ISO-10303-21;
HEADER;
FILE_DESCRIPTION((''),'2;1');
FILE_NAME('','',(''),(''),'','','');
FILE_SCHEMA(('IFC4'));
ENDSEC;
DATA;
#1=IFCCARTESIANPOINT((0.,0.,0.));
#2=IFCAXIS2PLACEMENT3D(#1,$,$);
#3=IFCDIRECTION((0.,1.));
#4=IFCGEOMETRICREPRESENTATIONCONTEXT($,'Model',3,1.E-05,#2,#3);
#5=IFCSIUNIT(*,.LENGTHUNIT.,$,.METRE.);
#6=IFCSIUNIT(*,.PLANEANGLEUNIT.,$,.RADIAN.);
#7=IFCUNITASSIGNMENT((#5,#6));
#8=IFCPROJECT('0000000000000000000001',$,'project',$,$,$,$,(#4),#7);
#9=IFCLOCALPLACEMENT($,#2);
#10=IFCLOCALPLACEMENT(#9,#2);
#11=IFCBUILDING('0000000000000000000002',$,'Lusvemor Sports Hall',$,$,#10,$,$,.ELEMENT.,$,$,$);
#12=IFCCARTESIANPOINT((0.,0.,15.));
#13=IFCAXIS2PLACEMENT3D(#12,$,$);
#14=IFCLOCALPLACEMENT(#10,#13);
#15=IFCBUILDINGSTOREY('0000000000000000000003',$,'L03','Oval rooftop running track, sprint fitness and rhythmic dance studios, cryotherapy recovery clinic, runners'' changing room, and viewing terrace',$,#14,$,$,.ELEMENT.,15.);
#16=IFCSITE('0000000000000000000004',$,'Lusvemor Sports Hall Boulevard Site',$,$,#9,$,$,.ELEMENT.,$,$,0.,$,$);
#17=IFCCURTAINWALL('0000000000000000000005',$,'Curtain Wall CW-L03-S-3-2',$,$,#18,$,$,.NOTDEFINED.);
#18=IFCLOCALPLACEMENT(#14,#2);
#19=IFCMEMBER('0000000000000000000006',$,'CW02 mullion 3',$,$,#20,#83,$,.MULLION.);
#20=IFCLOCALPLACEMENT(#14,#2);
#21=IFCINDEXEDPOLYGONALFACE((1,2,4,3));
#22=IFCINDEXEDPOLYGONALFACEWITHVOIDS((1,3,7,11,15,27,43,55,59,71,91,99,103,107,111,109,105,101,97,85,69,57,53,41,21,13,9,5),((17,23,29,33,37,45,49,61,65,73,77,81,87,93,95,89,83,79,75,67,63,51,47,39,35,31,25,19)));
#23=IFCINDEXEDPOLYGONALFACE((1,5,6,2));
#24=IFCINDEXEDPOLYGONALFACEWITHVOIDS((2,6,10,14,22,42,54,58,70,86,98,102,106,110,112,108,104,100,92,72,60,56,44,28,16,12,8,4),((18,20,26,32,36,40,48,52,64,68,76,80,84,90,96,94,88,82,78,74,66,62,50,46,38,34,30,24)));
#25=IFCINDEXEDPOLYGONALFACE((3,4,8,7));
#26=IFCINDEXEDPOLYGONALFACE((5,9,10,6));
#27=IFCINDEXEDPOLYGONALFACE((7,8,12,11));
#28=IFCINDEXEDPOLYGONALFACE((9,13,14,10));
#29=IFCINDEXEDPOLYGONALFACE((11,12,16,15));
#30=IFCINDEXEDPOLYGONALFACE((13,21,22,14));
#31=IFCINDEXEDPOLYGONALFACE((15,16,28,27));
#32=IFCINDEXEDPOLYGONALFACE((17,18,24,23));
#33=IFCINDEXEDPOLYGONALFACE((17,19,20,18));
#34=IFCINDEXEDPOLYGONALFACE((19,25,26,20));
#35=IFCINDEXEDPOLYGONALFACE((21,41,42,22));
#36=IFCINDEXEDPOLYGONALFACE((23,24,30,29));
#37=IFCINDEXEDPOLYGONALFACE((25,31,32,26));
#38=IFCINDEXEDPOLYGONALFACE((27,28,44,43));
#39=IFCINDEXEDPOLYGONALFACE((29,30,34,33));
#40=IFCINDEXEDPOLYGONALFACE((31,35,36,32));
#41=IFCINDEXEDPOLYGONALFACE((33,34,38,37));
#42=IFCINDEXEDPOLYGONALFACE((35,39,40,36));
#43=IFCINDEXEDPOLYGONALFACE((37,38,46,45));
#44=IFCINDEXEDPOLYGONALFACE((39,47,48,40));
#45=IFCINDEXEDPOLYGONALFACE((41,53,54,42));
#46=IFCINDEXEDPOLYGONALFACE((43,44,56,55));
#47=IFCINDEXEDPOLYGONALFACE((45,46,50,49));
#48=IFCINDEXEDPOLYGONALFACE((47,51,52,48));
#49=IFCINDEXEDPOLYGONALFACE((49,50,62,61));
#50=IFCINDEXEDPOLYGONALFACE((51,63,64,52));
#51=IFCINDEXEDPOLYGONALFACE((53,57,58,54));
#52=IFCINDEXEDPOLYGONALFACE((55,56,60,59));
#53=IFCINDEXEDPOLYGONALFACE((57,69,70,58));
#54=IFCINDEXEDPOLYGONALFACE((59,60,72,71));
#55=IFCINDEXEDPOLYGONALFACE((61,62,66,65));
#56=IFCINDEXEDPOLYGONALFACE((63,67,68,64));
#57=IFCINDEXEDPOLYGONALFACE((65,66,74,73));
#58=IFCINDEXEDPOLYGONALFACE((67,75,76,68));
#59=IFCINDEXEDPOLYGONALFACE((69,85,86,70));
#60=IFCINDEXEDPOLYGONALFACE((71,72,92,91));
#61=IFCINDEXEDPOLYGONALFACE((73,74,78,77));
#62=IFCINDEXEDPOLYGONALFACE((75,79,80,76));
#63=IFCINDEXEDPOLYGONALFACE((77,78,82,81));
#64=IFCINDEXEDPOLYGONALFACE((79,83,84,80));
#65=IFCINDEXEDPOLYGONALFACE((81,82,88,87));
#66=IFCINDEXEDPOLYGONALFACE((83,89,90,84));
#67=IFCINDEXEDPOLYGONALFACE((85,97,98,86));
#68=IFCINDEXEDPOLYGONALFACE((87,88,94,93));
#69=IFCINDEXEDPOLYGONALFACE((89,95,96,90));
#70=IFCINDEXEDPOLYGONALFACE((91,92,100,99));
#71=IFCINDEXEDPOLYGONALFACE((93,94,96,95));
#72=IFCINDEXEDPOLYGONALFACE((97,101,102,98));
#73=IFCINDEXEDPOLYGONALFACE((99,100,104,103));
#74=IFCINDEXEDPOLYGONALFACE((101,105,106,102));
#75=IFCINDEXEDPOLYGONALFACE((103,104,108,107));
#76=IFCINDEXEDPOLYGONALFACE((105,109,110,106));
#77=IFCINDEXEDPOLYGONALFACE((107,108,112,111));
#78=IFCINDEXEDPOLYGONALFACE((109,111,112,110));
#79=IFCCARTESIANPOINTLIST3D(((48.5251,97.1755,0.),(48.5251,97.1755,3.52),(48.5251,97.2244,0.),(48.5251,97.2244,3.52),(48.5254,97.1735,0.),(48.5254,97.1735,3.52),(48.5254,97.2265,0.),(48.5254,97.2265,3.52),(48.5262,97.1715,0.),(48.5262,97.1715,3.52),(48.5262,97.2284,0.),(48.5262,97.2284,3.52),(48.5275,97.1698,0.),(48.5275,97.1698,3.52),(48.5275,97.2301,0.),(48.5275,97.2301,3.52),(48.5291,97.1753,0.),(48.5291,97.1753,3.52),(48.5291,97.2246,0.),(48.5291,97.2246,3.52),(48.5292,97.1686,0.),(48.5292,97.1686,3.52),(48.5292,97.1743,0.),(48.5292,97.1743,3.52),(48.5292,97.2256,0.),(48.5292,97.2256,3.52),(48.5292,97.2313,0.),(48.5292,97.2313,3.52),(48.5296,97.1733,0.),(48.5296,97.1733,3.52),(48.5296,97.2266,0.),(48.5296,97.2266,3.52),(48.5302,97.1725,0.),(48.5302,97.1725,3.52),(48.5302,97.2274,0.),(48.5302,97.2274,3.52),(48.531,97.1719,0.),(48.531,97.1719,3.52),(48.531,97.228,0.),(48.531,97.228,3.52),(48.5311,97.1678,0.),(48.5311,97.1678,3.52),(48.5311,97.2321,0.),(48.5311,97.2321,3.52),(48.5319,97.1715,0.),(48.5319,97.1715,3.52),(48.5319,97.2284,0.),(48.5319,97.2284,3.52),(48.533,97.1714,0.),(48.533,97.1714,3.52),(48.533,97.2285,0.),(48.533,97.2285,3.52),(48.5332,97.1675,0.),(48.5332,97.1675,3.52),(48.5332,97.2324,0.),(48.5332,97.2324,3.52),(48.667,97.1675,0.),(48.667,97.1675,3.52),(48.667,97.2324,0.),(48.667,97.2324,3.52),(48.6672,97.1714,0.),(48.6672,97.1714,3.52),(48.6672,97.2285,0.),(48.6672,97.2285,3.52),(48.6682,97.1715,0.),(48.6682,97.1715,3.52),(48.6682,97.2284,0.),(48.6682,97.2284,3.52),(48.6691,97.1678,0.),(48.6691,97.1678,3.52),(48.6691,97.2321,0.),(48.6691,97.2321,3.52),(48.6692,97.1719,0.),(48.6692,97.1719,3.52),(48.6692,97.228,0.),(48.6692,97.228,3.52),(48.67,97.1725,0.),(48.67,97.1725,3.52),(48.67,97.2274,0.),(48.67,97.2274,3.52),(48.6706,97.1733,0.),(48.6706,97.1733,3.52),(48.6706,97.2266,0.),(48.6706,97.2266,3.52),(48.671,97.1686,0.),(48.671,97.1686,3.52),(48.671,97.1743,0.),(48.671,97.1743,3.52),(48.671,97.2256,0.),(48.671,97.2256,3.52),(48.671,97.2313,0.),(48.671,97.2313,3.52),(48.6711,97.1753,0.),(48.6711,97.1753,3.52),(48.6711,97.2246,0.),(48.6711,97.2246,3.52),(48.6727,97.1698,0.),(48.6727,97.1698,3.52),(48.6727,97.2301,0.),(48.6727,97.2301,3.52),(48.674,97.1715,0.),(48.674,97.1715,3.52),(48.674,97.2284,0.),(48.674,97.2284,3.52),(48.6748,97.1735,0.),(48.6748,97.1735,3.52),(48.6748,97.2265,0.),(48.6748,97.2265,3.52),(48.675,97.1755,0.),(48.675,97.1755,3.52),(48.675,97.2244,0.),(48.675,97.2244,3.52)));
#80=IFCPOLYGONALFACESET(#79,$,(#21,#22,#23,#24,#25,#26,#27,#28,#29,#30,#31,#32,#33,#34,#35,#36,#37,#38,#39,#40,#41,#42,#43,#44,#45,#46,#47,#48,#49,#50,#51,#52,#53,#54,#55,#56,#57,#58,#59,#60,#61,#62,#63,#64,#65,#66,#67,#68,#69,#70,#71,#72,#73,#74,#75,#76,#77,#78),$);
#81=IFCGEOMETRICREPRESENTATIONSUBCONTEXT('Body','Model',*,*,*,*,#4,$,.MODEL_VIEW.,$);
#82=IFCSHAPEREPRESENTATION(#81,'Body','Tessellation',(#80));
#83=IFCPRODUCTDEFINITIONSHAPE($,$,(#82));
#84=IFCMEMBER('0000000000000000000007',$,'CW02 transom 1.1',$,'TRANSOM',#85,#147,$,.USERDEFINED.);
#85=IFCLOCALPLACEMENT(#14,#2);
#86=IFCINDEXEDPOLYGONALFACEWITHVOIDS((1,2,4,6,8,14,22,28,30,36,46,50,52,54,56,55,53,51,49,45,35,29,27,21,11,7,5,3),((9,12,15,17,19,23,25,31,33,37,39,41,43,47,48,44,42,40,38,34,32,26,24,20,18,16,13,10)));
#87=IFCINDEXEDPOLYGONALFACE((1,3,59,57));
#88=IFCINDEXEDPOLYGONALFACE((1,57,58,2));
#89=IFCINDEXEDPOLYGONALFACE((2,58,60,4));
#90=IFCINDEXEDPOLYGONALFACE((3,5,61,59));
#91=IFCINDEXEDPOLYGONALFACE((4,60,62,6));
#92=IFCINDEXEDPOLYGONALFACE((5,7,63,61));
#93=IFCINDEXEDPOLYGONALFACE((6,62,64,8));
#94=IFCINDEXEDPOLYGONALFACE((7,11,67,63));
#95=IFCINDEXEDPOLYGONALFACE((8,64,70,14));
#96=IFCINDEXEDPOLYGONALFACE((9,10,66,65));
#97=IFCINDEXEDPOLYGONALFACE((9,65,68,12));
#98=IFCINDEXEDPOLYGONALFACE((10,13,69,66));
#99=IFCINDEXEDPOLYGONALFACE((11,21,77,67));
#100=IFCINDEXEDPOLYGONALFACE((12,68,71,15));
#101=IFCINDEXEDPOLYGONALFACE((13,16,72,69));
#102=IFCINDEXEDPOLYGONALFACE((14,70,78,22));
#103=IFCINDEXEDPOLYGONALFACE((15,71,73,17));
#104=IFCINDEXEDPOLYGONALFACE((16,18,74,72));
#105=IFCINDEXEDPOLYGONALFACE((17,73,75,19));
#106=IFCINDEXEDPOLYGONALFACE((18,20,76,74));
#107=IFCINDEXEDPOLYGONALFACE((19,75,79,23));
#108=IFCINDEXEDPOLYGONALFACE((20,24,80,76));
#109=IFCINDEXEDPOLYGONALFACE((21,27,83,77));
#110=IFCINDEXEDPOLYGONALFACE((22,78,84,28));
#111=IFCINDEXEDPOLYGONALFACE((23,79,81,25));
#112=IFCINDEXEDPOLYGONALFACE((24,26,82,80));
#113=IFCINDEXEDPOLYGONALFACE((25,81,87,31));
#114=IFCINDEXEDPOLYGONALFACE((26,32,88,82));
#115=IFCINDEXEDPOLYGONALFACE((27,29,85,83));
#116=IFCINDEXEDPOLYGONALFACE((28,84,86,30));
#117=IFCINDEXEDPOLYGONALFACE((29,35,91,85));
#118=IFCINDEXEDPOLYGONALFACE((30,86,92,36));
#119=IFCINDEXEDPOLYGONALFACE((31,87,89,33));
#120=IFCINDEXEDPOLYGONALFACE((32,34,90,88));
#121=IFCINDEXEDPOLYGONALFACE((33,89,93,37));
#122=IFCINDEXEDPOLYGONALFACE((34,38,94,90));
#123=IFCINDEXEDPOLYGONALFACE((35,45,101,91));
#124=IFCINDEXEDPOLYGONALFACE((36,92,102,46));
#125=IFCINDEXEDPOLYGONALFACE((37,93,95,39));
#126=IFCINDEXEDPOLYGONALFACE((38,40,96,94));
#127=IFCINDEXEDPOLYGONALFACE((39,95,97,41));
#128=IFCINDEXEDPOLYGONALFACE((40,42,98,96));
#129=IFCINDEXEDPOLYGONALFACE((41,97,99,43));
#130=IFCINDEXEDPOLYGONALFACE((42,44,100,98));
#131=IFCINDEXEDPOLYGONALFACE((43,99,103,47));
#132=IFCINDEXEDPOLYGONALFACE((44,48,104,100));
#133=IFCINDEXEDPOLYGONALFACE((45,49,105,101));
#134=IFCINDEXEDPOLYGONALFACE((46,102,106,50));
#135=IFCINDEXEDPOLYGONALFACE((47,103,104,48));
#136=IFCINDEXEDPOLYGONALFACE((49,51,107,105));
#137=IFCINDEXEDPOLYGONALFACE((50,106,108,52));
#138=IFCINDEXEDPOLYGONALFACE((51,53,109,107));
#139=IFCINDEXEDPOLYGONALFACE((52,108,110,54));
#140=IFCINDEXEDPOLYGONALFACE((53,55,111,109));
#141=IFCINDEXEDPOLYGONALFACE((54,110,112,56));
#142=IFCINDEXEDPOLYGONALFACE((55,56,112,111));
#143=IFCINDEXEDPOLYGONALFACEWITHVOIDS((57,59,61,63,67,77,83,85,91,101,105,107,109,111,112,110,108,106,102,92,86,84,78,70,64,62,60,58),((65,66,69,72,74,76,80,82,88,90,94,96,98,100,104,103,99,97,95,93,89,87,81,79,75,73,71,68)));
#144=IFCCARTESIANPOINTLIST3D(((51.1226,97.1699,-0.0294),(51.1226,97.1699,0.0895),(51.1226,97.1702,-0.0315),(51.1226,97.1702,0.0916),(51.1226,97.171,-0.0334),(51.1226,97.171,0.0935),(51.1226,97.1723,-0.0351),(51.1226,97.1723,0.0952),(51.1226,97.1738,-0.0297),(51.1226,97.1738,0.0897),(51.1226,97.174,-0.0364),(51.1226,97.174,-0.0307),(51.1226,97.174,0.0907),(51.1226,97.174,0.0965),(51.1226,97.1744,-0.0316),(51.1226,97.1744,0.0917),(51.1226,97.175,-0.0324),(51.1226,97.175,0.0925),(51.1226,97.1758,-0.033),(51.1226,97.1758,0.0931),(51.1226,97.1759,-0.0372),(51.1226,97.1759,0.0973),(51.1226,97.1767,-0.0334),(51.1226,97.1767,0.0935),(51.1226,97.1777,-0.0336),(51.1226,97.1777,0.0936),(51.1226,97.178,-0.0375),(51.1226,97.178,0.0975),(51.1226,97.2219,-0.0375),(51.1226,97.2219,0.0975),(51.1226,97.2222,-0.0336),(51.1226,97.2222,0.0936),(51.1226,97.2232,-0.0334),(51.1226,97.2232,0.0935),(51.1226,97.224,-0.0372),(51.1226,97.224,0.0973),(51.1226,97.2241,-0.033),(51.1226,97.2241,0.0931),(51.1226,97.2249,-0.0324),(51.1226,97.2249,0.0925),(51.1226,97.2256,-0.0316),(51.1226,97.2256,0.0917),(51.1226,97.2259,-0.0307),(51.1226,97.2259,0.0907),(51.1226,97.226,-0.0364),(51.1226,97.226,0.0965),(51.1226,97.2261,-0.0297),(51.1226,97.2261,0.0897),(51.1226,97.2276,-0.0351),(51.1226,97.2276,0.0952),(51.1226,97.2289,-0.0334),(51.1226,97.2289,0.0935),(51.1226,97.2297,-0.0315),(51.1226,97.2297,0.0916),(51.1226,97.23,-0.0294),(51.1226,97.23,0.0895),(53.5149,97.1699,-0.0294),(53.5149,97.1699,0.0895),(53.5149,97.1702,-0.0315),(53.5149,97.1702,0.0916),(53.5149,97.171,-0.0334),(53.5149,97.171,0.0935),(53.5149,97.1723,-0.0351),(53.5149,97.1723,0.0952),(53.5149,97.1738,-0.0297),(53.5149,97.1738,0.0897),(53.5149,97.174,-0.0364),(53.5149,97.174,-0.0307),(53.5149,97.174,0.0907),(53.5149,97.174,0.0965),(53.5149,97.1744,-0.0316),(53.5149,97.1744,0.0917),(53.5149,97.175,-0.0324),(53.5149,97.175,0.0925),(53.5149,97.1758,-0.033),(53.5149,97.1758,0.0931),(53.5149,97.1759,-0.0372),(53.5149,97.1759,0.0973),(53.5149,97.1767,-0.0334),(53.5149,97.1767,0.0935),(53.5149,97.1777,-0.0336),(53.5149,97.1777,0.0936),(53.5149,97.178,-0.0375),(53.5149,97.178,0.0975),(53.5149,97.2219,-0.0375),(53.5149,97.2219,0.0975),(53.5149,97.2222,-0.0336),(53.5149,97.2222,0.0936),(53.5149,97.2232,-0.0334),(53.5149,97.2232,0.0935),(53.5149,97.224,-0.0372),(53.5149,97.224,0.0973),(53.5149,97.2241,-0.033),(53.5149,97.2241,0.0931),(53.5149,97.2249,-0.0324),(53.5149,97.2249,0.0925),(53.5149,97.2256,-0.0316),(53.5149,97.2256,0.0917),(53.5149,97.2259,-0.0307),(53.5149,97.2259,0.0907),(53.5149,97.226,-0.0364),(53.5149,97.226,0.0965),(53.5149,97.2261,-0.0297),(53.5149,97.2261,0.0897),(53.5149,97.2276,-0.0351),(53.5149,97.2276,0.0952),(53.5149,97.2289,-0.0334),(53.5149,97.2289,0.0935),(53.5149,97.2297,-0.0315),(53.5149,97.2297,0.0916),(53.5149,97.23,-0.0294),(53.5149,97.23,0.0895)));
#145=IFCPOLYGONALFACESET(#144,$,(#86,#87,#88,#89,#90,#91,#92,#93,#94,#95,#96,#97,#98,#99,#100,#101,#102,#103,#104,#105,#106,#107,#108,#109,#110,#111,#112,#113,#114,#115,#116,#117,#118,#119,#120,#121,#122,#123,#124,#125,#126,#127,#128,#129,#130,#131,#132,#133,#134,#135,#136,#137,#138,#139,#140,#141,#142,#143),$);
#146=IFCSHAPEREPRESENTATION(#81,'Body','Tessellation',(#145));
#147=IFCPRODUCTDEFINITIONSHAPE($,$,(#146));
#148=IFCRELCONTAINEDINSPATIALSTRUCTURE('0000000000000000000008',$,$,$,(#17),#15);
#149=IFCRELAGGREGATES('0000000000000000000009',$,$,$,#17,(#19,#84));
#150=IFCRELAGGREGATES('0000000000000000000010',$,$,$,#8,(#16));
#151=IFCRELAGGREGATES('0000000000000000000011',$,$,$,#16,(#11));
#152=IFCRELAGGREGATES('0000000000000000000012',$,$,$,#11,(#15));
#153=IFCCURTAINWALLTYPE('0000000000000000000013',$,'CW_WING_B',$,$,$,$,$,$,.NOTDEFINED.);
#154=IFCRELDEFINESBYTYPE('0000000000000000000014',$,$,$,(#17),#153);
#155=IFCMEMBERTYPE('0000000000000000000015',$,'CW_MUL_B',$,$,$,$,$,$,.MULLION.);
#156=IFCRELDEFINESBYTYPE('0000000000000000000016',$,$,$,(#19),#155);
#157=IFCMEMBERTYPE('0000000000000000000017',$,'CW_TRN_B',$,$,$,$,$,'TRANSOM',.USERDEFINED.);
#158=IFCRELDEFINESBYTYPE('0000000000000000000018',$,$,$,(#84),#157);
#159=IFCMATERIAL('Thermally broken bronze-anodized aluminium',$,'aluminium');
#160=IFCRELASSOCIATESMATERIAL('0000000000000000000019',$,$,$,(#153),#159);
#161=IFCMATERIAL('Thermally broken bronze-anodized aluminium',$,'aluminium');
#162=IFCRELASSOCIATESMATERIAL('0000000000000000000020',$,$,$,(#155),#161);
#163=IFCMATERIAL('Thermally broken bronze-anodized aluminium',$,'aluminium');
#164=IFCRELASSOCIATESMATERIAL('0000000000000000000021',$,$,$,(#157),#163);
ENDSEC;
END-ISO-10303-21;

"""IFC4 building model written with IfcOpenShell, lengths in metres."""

from ifc_helpers import new_model, si_unit, direction, frame, origin, origin_2d, place, context, subcontext, project, spatial, hollow_rectangle, extrude, material, material_profile, profile_set, type_object, element, aggregate, save


model = new_model("IFC4")

# Units and contexts
model_context = context("Model", 3, precision=1e-05, world=origin(), true_north=direction((0.0, 1.0)))
body_context = subcontext(model_context, "Body", "Model", "MODEL_VIEW")
ifc_project = project(units=[si_unit("LENGTHUNIT", "METRE"), si_unit("PLANEANGLEUNIT", "RADIAN")], contexts=[model_context])

# Site, building, storey
site_placement = place(None, origin())
site = spatial("IfcSite", under=ifc_project, at=site_placement, Name="Lusvemor Sports Hall Boulevard Site", CompositionType="ELEMENT", RefElevation=0.0)
building_placement = place(site_placement, origin())
building = spatial("IfcBuilding", under=site, at=building_placement, Name="Lusvemor Sports Hall", CompositionType="ELEMENT")
storey_placement = place(building_placement, frame((0.0, 0.0, 15.0)))
storey = spatial("IfcBuildingStorey", under=building, at=storey_placement, Name="L03", Description="Oval rooftop running track, sprint fitness and rhythmic dance studios, cryotherapy recovery clinic, runners' changing room, and viewing terrace", CompositionType="ELEMENT", Elevation=15.0)

# Curtain wall, members
ifc_material_1 = material(Name="Thermally broken bronze-anodized aluminium", Category="aluminium")
curtain_wall_type = type_object("IfcCurtainWallType", Name="CW_WING_B", PredefinedType="NOTDEFINED", material=ifc_material_1)
curtain_wall_placement = place(storey_placement, origin())
curtain_wall = element("IfcCurtainWall", 1, at=curtain_wall_placement, inside=storey, type_object=curtain_wall_type, Name="Curtain Wall CW-L03-S-3-2", PredefinedType="NOTDEFINED")
ifc_material_2 = material(Name="Thermally broken bronze-anodized aluminium", Category="aluminium")
ifc_material_profile_1 = material_profile(ifc_material_2, hollow_rectangle(XDim=0.0649, YDim=0.1499, WallThickness=0.0039, InnerFilletRadius=0.0039, OuterFilletRadius=0.0081, at=origin_2d()), Name="CWMUL150x65x4")
ifc_profile_set_1 = profile_set([ifc_material_profile_1], Name="Thermally broken bronze-anodized aluminium")
member_type_1 = type_object("IfcMemberType", Name="CW_MUL_B", PredefinedType="MULLION", material=ifc_profile_set_1)
member_1_placement = place(storey_placement, frame((48.6001, 97.2, 0.0), z_axis=(0.0, 0.0, 1.0), x_axis=(0.0, -1.0, 0.0)))
member_1 = element("IfcMember", 2, at=member_1_placement, type_object=member_type_1, Name="CW02 mullion 3", PredefinedType="MULLION", context=body_context, shape_type="SweptSolid", body=[
    extrude(hollow_rectangle(XDim=0.0649, YDim=0.1499, WallThickness=0.0039, InnerFilletRadius=0.0039, OuterFilletRadius=0.0081, at=origin_2d()), origin(), (0.0, 0.0, 1.0), 3.52),
])
ifc_material_3 = material(Name="Thermally broken bronze-anodized aluminium", Category="aluminium")
ifc_material_profile_2 = material_profile(ifc_material_3, hollow_rectangle(XDim=0.0601, YDim=0.135, WallThickness=0.0039, InnerFilletRadius=0.0039, OuterFilletRadius=0.0081, at=origin_2d()), Name="CWTRN135x60x4")
ifc_profile_set_2 = profile_set([ifc_material_profile_2], Name="Thermally broken bronze-anodized aluminium")
member_type_2 = type_object("IfcMemberType", Name="CW_TRN_B", ElementType="TRANSOM", PredefinedType="USERDEFINED", material=ifc_profile_set_2)
member_2_placement = place(storey_placement, frame((53.5149, 97.2, 0.03), z_axis=(-1.0, 0.0, 0.0), x_axis=(0.0, -1.0, 0.0)))
member_2 = element("IfcMember", 3, at=member_2_placement, type_object=member_type_2, Name="CW02 transom 1.1", ObjectType="TRANSOM", PredefinedType="USERDEFINED", context=body_context, shape_type="SweptSolid", body=[
    extrude(hollow_rectangle(XDim=0.0601, YDim=0.135, WallThickness=0.0039, InnerFilletRadius=0.0039, OuterFilletRadius=0.0081, at=origin_2d()), origin(), (0.0, 0.0, 1.0), 2.3923),
])

aggregate(curtain_wall, [member_1, member_2])

save(model, "model.ifc")
